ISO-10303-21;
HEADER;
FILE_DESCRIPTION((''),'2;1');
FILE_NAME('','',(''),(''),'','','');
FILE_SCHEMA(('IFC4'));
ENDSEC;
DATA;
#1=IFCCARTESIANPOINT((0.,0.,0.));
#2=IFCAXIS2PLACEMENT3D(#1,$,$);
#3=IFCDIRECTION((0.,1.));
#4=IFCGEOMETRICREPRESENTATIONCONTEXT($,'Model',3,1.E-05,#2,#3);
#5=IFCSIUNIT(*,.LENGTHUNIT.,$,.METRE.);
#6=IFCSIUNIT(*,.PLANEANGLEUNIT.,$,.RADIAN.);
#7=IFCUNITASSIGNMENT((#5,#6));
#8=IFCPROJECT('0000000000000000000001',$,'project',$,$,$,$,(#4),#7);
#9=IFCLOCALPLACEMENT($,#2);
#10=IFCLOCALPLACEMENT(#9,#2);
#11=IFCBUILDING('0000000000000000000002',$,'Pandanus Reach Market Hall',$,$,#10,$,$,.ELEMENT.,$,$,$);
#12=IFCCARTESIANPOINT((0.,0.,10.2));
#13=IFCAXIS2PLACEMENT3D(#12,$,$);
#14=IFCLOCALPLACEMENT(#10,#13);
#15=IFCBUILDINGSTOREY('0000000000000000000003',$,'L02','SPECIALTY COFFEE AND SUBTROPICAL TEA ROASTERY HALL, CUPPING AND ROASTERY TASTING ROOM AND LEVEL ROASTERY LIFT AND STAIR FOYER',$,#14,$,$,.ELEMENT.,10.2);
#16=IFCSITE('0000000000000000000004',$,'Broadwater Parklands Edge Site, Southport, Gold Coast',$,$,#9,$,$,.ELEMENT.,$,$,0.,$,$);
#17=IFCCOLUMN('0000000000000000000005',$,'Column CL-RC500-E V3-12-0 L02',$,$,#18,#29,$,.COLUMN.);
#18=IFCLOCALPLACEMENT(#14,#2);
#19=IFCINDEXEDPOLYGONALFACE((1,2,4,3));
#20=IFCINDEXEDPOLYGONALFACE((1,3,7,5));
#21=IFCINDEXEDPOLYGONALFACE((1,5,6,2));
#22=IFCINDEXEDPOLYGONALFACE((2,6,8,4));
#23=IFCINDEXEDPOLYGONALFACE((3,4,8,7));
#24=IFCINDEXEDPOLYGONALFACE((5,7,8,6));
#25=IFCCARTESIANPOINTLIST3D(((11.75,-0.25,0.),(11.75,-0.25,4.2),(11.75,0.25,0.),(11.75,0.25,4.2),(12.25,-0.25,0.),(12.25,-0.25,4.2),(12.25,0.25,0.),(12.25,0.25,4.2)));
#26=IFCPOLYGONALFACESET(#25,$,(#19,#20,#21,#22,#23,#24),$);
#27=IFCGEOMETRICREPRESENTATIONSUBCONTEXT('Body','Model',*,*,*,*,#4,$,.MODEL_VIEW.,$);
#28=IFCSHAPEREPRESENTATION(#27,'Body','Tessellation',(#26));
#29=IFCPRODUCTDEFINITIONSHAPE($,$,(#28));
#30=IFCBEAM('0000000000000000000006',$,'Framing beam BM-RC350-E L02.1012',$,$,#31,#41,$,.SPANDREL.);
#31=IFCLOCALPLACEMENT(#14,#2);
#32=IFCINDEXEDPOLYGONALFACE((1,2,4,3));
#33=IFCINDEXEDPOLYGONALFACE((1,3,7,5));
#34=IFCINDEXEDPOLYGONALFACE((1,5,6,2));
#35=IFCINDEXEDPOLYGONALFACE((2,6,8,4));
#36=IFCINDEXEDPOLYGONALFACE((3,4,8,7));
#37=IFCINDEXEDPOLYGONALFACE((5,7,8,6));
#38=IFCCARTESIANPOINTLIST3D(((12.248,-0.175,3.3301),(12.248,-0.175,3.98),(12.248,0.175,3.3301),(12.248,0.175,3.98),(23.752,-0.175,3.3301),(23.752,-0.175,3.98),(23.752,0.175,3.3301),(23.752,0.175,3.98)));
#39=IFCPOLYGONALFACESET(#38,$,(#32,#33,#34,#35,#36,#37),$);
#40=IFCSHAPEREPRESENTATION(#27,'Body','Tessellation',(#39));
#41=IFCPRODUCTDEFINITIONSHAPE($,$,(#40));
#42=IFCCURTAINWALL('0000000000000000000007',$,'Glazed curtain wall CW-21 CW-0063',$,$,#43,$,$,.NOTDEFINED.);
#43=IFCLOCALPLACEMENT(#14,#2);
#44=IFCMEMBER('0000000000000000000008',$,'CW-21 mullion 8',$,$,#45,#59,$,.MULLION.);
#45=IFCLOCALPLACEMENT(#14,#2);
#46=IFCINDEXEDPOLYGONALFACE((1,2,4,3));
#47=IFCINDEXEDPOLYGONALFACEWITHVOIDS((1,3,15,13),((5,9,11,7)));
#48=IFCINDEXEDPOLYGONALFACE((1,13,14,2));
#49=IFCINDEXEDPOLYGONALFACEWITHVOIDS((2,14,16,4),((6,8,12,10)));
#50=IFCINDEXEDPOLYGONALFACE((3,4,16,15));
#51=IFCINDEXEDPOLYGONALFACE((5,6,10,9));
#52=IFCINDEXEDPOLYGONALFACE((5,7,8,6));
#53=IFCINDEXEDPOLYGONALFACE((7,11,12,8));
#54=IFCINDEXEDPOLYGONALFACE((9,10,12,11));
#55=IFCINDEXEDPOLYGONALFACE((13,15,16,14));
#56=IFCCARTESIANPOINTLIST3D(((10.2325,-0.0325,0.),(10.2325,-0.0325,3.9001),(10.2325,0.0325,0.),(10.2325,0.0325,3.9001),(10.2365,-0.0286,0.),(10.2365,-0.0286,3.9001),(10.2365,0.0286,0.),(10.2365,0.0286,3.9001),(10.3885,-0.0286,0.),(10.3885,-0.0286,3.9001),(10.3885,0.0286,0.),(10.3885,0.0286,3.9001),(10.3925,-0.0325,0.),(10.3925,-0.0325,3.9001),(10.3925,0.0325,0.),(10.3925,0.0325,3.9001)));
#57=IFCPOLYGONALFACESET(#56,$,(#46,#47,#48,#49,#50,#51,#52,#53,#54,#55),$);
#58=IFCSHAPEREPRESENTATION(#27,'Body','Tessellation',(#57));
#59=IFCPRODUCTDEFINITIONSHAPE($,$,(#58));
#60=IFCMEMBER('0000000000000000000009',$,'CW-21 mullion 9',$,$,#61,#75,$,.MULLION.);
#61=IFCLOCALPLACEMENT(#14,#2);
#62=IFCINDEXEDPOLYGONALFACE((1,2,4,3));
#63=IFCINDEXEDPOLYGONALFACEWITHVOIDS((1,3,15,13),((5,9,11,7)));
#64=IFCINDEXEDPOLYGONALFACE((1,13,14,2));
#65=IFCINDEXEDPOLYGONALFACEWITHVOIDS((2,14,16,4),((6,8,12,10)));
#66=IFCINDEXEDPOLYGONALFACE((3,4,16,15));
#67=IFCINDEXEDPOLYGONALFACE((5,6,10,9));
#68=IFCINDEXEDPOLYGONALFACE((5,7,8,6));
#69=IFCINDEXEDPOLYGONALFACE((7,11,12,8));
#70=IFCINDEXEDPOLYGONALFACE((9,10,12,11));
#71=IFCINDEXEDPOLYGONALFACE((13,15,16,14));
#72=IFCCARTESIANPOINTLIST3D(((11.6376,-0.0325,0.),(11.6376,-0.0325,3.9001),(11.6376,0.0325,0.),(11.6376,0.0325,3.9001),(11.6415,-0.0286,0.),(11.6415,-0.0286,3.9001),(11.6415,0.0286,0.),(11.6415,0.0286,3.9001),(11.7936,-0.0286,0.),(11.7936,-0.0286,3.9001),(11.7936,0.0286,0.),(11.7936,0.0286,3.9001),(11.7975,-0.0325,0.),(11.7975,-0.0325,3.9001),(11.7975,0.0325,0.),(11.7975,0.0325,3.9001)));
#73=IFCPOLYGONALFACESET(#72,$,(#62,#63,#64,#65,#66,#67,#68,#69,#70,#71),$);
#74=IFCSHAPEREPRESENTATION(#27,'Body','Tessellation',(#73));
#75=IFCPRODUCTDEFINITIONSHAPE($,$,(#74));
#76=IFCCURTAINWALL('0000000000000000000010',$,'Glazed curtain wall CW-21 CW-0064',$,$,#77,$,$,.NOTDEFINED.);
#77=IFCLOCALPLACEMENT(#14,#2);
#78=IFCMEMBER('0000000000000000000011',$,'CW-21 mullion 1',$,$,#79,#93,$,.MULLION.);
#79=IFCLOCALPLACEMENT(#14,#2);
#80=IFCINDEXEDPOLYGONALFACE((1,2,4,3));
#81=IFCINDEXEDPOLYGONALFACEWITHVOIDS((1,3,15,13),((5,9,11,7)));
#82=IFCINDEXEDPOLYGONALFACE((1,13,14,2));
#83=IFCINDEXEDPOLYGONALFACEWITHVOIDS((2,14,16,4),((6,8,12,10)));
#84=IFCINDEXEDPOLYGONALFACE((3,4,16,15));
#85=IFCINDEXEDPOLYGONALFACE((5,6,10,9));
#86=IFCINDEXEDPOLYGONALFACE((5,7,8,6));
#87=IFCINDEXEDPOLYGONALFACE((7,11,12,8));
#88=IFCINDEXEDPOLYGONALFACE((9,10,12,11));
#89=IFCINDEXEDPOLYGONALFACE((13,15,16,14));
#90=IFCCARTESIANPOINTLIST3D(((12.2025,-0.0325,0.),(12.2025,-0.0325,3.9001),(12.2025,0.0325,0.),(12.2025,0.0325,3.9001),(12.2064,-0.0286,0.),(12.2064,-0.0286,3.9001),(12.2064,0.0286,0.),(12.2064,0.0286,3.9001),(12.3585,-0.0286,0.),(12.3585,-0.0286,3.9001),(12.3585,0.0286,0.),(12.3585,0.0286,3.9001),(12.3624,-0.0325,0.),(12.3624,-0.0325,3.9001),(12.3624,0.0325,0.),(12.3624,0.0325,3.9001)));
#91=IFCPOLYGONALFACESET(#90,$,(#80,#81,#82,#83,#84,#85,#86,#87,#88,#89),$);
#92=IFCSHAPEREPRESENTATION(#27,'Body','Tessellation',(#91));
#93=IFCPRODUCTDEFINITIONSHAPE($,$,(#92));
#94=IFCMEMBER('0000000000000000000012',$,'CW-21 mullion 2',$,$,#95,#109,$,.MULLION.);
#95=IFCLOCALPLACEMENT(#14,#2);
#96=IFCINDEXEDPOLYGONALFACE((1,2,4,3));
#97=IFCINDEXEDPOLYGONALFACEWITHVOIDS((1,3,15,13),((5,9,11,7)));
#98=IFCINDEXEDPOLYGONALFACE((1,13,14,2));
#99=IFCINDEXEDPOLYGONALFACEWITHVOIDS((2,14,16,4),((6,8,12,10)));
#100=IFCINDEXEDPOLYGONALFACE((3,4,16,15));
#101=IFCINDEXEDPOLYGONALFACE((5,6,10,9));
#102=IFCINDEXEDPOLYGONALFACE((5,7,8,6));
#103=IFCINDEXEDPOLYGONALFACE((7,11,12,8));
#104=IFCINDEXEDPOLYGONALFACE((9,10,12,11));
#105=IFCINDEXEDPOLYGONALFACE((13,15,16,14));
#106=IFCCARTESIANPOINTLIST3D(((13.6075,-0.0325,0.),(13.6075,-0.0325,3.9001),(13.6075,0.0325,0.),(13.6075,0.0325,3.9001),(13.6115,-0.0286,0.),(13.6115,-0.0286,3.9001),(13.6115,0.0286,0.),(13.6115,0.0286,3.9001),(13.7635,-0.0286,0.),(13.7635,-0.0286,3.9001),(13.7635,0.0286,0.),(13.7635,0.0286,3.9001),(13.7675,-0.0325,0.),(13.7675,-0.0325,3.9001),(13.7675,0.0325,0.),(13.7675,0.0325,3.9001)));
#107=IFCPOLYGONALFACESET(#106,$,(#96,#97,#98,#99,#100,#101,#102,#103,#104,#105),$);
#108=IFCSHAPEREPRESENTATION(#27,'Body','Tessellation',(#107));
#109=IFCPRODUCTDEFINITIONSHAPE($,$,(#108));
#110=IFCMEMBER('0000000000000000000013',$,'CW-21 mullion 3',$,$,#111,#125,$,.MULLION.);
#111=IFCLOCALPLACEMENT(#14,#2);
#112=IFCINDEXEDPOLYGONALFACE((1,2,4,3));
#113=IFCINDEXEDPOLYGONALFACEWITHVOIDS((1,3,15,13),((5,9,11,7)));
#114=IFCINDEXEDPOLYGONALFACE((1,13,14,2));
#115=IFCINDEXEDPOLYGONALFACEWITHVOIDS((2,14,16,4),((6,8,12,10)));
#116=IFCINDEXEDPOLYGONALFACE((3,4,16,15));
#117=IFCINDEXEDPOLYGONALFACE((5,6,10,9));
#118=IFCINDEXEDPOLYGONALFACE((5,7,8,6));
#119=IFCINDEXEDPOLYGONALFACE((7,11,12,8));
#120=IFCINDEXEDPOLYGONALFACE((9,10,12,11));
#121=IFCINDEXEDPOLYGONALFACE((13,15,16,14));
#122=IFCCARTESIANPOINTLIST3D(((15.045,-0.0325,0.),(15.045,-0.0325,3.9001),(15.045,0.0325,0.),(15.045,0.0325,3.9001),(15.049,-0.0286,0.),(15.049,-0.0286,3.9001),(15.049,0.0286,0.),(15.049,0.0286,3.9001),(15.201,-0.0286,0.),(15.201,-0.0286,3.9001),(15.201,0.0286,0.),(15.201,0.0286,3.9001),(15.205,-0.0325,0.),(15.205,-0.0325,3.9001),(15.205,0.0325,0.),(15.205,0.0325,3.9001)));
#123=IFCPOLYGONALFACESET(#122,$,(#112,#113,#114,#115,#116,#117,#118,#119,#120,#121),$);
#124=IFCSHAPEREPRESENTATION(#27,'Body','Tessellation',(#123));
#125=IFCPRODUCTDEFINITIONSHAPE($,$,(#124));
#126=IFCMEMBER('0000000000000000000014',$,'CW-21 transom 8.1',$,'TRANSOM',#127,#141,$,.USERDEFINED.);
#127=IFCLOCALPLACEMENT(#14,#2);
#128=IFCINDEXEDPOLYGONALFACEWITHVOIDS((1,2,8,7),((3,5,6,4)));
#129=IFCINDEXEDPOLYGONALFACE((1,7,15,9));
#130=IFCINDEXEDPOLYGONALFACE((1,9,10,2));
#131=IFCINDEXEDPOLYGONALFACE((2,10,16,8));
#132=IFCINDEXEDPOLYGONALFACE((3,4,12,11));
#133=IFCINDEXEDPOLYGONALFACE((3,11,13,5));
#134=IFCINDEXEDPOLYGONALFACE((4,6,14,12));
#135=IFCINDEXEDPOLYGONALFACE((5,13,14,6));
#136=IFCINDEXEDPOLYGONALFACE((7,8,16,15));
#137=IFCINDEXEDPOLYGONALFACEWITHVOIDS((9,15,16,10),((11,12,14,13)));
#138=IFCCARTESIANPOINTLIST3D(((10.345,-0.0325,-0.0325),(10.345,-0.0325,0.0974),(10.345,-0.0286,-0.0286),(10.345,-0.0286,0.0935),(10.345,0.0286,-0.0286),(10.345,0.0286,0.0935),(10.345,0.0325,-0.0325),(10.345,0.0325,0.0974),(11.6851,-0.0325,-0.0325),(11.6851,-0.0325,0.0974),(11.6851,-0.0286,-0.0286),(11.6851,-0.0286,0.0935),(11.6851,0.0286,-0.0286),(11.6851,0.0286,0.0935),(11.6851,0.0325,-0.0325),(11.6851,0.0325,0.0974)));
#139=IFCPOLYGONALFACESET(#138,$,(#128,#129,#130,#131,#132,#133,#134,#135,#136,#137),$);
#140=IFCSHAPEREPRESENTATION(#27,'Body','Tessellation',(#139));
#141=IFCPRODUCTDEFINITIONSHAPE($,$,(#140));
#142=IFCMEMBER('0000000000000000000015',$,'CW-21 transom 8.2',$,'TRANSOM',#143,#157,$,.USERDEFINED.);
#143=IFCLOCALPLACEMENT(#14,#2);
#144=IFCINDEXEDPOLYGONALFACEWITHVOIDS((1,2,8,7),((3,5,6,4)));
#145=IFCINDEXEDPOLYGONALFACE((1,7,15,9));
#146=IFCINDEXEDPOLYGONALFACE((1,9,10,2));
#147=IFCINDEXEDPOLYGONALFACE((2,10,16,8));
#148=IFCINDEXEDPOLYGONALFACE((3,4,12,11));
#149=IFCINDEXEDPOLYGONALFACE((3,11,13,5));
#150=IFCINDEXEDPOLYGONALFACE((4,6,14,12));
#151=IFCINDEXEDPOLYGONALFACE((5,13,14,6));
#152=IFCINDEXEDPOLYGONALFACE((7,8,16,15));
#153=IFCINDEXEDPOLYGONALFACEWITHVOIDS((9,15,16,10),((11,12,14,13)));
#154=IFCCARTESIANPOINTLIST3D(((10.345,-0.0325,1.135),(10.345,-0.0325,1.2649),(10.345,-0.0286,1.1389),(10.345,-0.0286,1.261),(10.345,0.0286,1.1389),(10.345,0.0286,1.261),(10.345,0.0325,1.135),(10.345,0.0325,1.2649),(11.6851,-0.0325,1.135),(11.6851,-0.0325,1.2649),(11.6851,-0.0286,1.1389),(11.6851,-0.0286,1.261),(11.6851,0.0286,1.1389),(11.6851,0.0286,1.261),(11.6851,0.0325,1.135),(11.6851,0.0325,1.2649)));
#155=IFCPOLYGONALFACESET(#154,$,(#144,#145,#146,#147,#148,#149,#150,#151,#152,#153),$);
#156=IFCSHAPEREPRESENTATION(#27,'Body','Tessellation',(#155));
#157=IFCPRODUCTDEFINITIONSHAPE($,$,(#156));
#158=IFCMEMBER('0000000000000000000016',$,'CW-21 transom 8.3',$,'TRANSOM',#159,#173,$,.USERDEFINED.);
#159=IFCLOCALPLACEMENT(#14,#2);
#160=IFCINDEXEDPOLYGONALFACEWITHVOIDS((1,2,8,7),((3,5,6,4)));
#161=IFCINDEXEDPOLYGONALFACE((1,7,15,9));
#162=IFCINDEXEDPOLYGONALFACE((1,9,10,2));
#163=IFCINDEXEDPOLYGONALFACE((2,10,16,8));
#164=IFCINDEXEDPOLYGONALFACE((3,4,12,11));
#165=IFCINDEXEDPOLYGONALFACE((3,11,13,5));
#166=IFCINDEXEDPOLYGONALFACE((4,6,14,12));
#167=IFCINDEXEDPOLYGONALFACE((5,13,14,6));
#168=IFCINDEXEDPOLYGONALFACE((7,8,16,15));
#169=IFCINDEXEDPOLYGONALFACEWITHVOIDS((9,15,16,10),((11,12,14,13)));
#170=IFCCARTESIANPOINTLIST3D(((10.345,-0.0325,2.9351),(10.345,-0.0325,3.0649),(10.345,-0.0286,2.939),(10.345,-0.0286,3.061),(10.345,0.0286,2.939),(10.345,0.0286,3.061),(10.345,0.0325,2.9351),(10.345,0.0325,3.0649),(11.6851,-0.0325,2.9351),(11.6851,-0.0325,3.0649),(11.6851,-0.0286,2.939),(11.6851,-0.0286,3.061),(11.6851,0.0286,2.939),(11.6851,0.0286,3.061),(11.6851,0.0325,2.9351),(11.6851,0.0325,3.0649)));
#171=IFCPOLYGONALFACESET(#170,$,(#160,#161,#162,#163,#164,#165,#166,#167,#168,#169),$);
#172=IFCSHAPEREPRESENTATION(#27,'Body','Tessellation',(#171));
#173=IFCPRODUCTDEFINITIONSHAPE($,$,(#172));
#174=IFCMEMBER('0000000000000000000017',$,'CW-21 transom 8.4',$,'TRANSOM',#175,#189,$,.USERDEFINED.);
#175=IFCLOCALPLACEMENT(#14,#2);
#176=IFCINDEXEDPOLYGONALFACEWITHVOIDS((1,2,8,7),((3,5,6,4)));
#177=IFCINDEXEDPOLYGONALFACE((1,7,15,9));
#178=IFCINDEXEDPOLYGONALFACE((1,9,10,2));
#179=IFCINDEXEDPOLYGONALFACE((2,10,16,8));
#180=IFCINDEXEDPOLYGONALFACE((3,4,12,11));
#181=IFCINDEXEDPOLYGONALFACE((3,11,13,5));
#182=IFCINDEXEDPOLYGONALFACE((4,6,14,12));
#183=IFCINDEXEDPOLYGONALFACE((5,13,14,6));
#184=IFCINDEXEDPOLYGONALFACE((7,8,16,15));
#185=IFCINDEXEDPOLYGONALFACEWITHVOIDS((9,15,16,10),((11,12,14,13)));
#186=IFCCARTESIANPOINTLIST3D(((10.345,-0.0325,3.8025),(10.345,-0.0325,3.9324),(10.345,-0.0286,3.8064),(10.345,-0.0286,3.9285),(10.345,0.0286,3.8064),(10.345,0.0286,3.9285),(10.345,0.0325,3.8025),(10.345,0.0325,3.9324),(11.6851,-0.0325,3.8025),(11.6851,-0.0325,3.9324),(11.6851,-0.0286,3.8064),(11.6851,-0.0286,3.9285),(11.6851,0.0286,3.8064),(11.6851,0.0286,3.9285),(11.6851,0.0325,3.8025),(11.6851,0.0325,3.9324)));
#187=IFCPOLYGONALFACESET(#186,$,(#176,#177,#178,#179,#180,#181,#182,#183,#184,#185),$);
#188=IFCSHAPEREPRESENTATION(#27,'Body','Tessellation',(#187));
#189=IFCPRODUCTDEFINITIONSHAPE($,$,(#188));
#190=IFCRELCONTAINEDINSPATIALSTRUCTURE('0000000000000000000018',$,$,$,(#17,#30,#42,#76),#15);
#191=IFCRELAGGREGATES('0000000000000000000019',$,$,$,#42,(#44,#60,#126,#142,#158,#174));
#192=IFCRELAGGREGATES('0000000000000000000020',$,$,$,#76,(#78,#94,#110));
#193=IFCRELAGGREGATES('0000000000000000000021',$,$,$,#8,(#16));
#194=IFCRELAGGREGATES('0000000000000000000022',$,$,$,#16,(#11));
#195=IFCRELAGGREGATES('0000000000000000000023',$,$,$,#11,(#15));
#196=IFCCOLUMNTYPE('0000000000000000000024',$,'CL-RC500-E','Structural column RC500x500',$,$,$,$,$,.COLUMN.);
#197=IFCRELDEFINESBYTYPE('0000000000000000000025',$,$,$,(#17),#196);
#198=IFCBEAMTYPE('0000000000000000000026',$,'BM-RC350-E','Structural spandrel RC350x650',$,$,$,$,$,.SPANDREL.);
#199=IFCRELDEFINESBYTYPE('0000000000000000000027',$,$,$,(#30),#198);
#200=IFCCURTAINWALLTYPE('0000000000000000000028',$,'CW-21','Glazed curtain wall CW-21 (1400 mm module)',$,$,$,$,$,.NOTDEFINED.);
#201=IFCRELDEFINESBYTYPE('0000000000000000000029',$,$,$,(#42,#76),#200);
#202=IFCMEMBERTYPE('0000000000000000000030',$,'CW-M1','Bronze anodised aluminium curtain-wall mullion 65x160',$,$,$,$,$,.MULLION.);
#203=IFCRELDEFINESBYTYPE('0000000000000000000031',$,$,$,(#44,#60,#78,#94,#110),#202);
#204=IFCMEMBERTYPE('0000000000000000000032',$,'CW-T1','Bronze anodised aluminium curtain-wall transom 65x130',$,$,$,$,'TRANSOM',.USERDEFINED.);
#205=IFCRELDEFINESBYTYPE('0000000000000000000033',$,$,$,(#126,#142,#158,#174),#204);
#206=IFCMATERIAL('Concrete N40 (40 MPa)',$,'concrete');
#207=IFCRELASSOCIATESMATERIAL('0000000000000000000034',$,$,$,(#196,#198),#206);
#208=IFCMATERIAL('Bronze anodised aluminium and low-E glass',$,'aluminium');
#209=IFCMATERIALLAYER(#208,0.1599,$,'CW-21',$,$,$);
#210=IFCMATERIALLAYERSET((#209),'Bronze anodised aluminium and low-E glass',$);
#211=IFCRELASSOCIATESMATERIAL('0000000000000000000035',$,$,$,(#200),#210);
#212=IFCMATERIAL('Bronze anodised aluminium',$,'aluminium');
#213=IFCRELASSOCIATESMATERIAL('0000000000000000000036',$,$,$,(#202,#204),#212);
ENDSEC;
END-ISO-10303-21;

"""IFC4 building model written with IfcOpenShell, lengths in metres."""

from ifc_helpers import new_model, si_unit, direction, frame, origin, origin_2d, place, context, subcontext, project, spatial, rectangle, hollow_rectangle, extrude, material, layer, layer_set, material_profile, profile_set, type_object, element, aggregate, save


model = new_model("IFC4")

# Units and contexts
model_context = context("Model", 3, precision=1e-05, world=origin(), true_north=direction((0.0, 1.0)))
body_context = subcontext(model_context, "Body", "Model", "MODEL_VIEW")
ifc_project = project(units=[si_unit("LENGTHUNIT", "METRE"), si_unit("PLANEANGLEUNIT", "RADIAN")], contexts=[model_context])

# Site, building, storey
site_placement = place(None, origin())
site = spatial("IfcSite", under=ifc_project, at=site_placement, Name="Broadwater Parklands Edge Site, Southport, Gold Coast", CompositionType="ELEMENT", RefElevation=0.0)
building_placement = place(site_placement, origin())
building = spatial("IfcBuilding", under=site, at=building_placement, Name="Pandanus Reach Market Hall", CompositionType="ELEMENT")
storey_placement = place(building_placement, frame((0.0, 0.0, 10.2)))
storey = spatial("IfcBuildingStorey", under=building, at=storey_placement, Name="L02", Description="SPECIALTY COFFEE AND SUBTROPICAL TEA ROASTERY HALL, CUPPING AND ROASTERY TASTING ROOM AND LEVEL ROASTERY LIFT AND STAIR FOYER", CompositionType="ELEMENT", Elevation=10.2)

# Column
ifc_material_1 = material(Name="Concrete N40 (40 MPa)", Category="concrete")
ifc_material_profile_1 = material_profile(ifc_material_1, rectangle(XDim=0.5, YDim=0.5, at=origin_2d()), Name="RC500x500", Category="LoadBearing")
ifc_profile_set_1 = profile_set([ifc_material_profile_1], Name="Concrete N40 (40 MPa)")
column_type = type_object("IfcColumnType", Name="CL-RC500-E", Description="Structural column RC500x500", PredefinedType="COLUMN", material=ifc_profile_set_1)
column_placement = place(storey_placement, frame((12.0, 0.0, 0.0), z_axis=(0.0, 0.0, 1.0), x_axis=(1.0, 0.0, 0.0)))
element("IfcColumn", 1, at=column_placement, inside=storey, type_object=column_type, Name="Column CL-RC500-E V3-12-0 L02", PredefinedType="COLUMN", context=body_context, shape_type="SweptSolid", body=[
    extrude(rectangle(XDim=0.5, YDim=0.5, at=origin_2d()), origin(), (0.0, 0.0, 1.0), 4.2),
])

# Beam
ifc_material_profile_2 = material_profile(ifc_material_1, rectangle(XDim=0.3501, YDim=0.6499, at=origin_2d()), Name="RC350x650", Category="LoadBearing")
ifc_profile_set_2 = profile_set([ifc_material_profile_2], Name="Concrete N40 (40 MPa)")
beam_type = type_object("IfcBeamType", Name="BM-RC350-E", Description="Structural spandrel RC350x650", PredefinedType="SPANDREL", material=ifc_profile_set_2)
beam_placement = place(storey_placement, frame((12.248, 0.0, 3.655), z_axis=(1.0, 0.0, 0.0), x_axis=(0.0, 1.0, 0.0)))
element("IfcBeam", 2, at=beam_placement, inside=storey, type_object=beam_type, Name="Framing beam BM-RC350-E L02.1012", PredefinedType="SPANDREL", context=body_context, shape_type="SweptSolid", body=[
    extrude(rectangle(XDim=0.3501, YDim=0.6499, at=origin_2d()), origin(), (0.0, 0.0, 1.0), 11.5039),
])

# Curtain walls, members
ifc_material_2 = material(Name="Bronze anodised aluminium and low-E glass", Category="aluminium")
ifc_layer_1 = layer(ifc_material_2, 0.1599, Name="CW-21")
ifc_layer_set_1 = layer_set([ifc_layer_1], Name="Bronze anodised aluminium and low-E glass")
curtain_wall_type = type_object("IfcCurtainWallType", Name="CW-21", Description="Glazed curtain wall CW-21 (1400 mm module)", PredefinedType="NOTDEFINED", material=ifc_layer_set_1)
curtain_wall_1_placement = place(storey_placement, origin())
curtain_wall_1 = element("IfcCurtainWall", 3, at=curtain_wall_1_placement, inside=storey, type_object=curtain_wall_type, Name="Glazed curtain wall CW-21 CW-0063", PredefinedType="NOTDEFINED")
ifc_material_3 = material(Name="Bronze anodised aluminium", Category="aluminium")
ifc_material_profile_3 = material_profile(ifc_material_3, hollow_rectangle(XDim=0.0649, YDim=0.1599, WallThickness=0.0039, at=origin_2d()), Name="ALU65x160", Category="LoadBearing")
ifc_profile_set_3 = profile_set([ifc_material_profile_3], Name="Bronze anodised aluminium")
member_type_1 = type_object("IfcMemberType", Name="CW-M1", Description="Bronze anodised aluminium curtain-wall mullion 65x160", PredefinedType="MULLION", material=ifc_profile_set_3)
member_1_placement = place(storey_placement, frame((10.3125, 0.0, 0.0), z_axis=(0.0, 0.0, 1.0), x_axis=(0.0, 1.0, 0.0)))
member_1 = element("IfcMember", 4, at=member_1_placement, type_object=member_type_1, Name="CW-21 mullion 8", PredefinedType="MULLION", context=body_context, shape_type="SweptSolid", body=[
    extrude(hollow_rectangle(XDim=0.0649, YDim=0.1599, WallThickness=0.0039, at=origin_2d()), origin(), (0.0, 0.0, 1.0), 3.9001),
])
member_2_placement = place(storey_placement, frame((11.7175, 0.0, 0.0), z_axis=(0.0, 0.0, 1.0), x_axis=(0.0, 1.0, 0.0)))
member_2 = element("IfcMember", 5, at=member_2_placement, type_object=member_type_1, Name="CW-21 mullion 9", PredefinedType="MULLION", context=body_context, shape_type="SweptSolid", body=[
    extrude(hollow_rectangle(XDim=0.0649, YDim=0.1599, WallThickness=0.0039, at=origin_2d()), origin(), (0.0, 0.0, 1.0), 3.9001),
])
curtain_wall_2_placement = place(storey_placement, origin())
curtain_wall_2 = element("IfcCurtainWall", 6, at=curtain_wall_2_placement, inside=storey, type_object=curtain_wall_type, Name="Glazed curtain wall CW-21 CW-0064", PredefinedType="NOTDEFINED")
member_3_placement = place(storey_placement, frame((12.2825, 0.0, 0.0), z_axis=(0.0, 0.0, 1.0), x_axis=(0.0, 1.0, 0.0)))
member_3 = element("IfcMember", 7, at=member_3_placement, type_object=member_type_1, Name="CW-21 mullion 1", PredefinedType="MULLION", context=body_context, shape_type="SweptSolid", body=[
    extrude(hollow_rectangle(XDim=0.0649, YDim=0.1599, WallThickness=0.0039, at=origin_2d()), origin(), (0.0, 0.0, 1.0), 3.9001),
])
member_4_placement = place(storey_placement, frame((13.6875, 0.0, 0.0), z_axis=(0.0, 0.0, 1.0), x_axis=(0.0, 1.0, 0.0)))
member_4 = element("IfcMember", 8, at=member_4_placement, type_object=member_type_1, Name="CW-21 mullion 2", PredefinedType="MULLION", context=body_context, shape_type="SweptSolid", body=[
    extrude(hollow_rectangle(XDim=0.0649, YDim=0.1599, WallThickness=0.0039, at=origin_2d()), origin(), (0.0, 0.0, 1.0), 3.9001),
])
member_5_placement = place(storey_placement, frame((15.125, 0.0, 0.0), z_axis=(0.0, 0.0, 1.0), x_axis=(0.0, 1.0, 0.0)))
member_5 = element("IfcMember", 9, at=member_5_placement, type_object=member_type_1, Name="CW-21 mullion 3", PredefinedType="MULLION", context=body_context, shape_type="SweptSolid", body=[
    extrude(hollow_rectangle(XDim=0.0649, YDim=0.1599, WallThickness=0.0039, at=origin_2d()), origin(), (0.0, 0.0, 1.0), 3.9001),
])

# Members
ifc_material_profile_4 = material_profile(ifc_material_3, hollow_rectangle(XDim=0.0649, YDim=0.1299, WallThickness=0.0039, at=origin_2d()), Name="ALU65x130", Category="LoadBearing")
ifc_profile_set_4 = profile_set([ifc_material_profile_4], Name="Bronze anodised aluminium")
member_type_2 = type_object("IfcMemberType", Name="CW-T1", Description="Bronze anodised aluminium curtain-wall transom 65x130", ElementType="TRANSOM", PredefinedType="USERDEFINED", material=ifc_profile_set_4)
member_6_placement = place(storey_placement, frame((10.345, 0.0, 0.0325), z_axis=(1.0, 0.0, 0.0), x_axis=(0.0, 1.0, 0.0)))
member_6 = element("IfcMember", 10, at=member_6_placement, type_object=member_type_2, Name="CW-21 transom 8.1", ObjectType="TRANSOM", PredefinedType="USERDEFINED", context=body_context, shape_type="SweptSolid", body=[
    extrude(hollow_rectangle(XDim=0.0649, YDim=0.1299, WallThickness=0.0039, at=origin_2d()), origin(), (0.0, 0.0, 1.0), 1.3401),
])
member_7_placement = place(storey_placement, frame((10.345, 0.0, 1.2), z_axis=(1.0, 0.0, 0.0), x_axis=(0.0, 1.0, 0.0)))
member_7 = element("IfcMember", 11, at=member_7_placement, type_object=member_type_2, Name="CW-21 transom 8.2", ObjectType="TRANSOM", PredefinedType="USERDEFINED", context=body_context, shape_type="SweptSolid", body=[
    extrude(hollow_rectangle(XDim=0.0649, YDim=0.1299, WallThickness=0.0039, at=origin_2d()), origin(), (0.0, 0.0, 1.0), 1.3401),
])
member_8_placement = place(storey_placement, frame((10.345, 0.0, 3.0), z_axis=(1.0, 0.0, 0.0), x_axis=(0.0, 1.0, 0.0)))
member_8 = element("IfcMember", 12, at=member_8_placement, type_object=member_type_2, Name="CW-21 transom 8.3", ObjectType="TRANSOM", PredefinedType="USERDEFINED", context=body_context, shape_type="SweptSolid", body=[
    extrude(hollow_rectangle(XDim=0.0649, YDim=0.1299, WallThickness=0.0039, at=origin_2d()), origin(), (0.0, 0.0, 1.0), 1.3401),
])
member_9_placement = place(storey_placement, frame((10.345, 0.0, 3.8674), z_axis=(1.0, 0.0, 0.0), x_axis=(0.0, 1.0, 0.0)))
member_9 = element("IfcMember", 13, at=member_9_placement, type_object=member_type_2, Name="CW-21 transom 8.4", ObjectType="TRANSOM", PredefinedType="USERDEFINED", context=body_context, shape_type="SweptSolid", body=[
    extrude(hollow_rectangle(XDim=0.0649, YDim=0.1299, WallThickness=0.0039, at=origin_2d()), origin(), (0.0, 0.0, 1.0), 1.3401),
])

aggregate(curtain_wall_1, [member_1, member_2, member_6, member_7, member_8, member_9])
aggregate(curtain_wall_2, [member_3, member_4, member_5])

save(model, "model.ifc")
